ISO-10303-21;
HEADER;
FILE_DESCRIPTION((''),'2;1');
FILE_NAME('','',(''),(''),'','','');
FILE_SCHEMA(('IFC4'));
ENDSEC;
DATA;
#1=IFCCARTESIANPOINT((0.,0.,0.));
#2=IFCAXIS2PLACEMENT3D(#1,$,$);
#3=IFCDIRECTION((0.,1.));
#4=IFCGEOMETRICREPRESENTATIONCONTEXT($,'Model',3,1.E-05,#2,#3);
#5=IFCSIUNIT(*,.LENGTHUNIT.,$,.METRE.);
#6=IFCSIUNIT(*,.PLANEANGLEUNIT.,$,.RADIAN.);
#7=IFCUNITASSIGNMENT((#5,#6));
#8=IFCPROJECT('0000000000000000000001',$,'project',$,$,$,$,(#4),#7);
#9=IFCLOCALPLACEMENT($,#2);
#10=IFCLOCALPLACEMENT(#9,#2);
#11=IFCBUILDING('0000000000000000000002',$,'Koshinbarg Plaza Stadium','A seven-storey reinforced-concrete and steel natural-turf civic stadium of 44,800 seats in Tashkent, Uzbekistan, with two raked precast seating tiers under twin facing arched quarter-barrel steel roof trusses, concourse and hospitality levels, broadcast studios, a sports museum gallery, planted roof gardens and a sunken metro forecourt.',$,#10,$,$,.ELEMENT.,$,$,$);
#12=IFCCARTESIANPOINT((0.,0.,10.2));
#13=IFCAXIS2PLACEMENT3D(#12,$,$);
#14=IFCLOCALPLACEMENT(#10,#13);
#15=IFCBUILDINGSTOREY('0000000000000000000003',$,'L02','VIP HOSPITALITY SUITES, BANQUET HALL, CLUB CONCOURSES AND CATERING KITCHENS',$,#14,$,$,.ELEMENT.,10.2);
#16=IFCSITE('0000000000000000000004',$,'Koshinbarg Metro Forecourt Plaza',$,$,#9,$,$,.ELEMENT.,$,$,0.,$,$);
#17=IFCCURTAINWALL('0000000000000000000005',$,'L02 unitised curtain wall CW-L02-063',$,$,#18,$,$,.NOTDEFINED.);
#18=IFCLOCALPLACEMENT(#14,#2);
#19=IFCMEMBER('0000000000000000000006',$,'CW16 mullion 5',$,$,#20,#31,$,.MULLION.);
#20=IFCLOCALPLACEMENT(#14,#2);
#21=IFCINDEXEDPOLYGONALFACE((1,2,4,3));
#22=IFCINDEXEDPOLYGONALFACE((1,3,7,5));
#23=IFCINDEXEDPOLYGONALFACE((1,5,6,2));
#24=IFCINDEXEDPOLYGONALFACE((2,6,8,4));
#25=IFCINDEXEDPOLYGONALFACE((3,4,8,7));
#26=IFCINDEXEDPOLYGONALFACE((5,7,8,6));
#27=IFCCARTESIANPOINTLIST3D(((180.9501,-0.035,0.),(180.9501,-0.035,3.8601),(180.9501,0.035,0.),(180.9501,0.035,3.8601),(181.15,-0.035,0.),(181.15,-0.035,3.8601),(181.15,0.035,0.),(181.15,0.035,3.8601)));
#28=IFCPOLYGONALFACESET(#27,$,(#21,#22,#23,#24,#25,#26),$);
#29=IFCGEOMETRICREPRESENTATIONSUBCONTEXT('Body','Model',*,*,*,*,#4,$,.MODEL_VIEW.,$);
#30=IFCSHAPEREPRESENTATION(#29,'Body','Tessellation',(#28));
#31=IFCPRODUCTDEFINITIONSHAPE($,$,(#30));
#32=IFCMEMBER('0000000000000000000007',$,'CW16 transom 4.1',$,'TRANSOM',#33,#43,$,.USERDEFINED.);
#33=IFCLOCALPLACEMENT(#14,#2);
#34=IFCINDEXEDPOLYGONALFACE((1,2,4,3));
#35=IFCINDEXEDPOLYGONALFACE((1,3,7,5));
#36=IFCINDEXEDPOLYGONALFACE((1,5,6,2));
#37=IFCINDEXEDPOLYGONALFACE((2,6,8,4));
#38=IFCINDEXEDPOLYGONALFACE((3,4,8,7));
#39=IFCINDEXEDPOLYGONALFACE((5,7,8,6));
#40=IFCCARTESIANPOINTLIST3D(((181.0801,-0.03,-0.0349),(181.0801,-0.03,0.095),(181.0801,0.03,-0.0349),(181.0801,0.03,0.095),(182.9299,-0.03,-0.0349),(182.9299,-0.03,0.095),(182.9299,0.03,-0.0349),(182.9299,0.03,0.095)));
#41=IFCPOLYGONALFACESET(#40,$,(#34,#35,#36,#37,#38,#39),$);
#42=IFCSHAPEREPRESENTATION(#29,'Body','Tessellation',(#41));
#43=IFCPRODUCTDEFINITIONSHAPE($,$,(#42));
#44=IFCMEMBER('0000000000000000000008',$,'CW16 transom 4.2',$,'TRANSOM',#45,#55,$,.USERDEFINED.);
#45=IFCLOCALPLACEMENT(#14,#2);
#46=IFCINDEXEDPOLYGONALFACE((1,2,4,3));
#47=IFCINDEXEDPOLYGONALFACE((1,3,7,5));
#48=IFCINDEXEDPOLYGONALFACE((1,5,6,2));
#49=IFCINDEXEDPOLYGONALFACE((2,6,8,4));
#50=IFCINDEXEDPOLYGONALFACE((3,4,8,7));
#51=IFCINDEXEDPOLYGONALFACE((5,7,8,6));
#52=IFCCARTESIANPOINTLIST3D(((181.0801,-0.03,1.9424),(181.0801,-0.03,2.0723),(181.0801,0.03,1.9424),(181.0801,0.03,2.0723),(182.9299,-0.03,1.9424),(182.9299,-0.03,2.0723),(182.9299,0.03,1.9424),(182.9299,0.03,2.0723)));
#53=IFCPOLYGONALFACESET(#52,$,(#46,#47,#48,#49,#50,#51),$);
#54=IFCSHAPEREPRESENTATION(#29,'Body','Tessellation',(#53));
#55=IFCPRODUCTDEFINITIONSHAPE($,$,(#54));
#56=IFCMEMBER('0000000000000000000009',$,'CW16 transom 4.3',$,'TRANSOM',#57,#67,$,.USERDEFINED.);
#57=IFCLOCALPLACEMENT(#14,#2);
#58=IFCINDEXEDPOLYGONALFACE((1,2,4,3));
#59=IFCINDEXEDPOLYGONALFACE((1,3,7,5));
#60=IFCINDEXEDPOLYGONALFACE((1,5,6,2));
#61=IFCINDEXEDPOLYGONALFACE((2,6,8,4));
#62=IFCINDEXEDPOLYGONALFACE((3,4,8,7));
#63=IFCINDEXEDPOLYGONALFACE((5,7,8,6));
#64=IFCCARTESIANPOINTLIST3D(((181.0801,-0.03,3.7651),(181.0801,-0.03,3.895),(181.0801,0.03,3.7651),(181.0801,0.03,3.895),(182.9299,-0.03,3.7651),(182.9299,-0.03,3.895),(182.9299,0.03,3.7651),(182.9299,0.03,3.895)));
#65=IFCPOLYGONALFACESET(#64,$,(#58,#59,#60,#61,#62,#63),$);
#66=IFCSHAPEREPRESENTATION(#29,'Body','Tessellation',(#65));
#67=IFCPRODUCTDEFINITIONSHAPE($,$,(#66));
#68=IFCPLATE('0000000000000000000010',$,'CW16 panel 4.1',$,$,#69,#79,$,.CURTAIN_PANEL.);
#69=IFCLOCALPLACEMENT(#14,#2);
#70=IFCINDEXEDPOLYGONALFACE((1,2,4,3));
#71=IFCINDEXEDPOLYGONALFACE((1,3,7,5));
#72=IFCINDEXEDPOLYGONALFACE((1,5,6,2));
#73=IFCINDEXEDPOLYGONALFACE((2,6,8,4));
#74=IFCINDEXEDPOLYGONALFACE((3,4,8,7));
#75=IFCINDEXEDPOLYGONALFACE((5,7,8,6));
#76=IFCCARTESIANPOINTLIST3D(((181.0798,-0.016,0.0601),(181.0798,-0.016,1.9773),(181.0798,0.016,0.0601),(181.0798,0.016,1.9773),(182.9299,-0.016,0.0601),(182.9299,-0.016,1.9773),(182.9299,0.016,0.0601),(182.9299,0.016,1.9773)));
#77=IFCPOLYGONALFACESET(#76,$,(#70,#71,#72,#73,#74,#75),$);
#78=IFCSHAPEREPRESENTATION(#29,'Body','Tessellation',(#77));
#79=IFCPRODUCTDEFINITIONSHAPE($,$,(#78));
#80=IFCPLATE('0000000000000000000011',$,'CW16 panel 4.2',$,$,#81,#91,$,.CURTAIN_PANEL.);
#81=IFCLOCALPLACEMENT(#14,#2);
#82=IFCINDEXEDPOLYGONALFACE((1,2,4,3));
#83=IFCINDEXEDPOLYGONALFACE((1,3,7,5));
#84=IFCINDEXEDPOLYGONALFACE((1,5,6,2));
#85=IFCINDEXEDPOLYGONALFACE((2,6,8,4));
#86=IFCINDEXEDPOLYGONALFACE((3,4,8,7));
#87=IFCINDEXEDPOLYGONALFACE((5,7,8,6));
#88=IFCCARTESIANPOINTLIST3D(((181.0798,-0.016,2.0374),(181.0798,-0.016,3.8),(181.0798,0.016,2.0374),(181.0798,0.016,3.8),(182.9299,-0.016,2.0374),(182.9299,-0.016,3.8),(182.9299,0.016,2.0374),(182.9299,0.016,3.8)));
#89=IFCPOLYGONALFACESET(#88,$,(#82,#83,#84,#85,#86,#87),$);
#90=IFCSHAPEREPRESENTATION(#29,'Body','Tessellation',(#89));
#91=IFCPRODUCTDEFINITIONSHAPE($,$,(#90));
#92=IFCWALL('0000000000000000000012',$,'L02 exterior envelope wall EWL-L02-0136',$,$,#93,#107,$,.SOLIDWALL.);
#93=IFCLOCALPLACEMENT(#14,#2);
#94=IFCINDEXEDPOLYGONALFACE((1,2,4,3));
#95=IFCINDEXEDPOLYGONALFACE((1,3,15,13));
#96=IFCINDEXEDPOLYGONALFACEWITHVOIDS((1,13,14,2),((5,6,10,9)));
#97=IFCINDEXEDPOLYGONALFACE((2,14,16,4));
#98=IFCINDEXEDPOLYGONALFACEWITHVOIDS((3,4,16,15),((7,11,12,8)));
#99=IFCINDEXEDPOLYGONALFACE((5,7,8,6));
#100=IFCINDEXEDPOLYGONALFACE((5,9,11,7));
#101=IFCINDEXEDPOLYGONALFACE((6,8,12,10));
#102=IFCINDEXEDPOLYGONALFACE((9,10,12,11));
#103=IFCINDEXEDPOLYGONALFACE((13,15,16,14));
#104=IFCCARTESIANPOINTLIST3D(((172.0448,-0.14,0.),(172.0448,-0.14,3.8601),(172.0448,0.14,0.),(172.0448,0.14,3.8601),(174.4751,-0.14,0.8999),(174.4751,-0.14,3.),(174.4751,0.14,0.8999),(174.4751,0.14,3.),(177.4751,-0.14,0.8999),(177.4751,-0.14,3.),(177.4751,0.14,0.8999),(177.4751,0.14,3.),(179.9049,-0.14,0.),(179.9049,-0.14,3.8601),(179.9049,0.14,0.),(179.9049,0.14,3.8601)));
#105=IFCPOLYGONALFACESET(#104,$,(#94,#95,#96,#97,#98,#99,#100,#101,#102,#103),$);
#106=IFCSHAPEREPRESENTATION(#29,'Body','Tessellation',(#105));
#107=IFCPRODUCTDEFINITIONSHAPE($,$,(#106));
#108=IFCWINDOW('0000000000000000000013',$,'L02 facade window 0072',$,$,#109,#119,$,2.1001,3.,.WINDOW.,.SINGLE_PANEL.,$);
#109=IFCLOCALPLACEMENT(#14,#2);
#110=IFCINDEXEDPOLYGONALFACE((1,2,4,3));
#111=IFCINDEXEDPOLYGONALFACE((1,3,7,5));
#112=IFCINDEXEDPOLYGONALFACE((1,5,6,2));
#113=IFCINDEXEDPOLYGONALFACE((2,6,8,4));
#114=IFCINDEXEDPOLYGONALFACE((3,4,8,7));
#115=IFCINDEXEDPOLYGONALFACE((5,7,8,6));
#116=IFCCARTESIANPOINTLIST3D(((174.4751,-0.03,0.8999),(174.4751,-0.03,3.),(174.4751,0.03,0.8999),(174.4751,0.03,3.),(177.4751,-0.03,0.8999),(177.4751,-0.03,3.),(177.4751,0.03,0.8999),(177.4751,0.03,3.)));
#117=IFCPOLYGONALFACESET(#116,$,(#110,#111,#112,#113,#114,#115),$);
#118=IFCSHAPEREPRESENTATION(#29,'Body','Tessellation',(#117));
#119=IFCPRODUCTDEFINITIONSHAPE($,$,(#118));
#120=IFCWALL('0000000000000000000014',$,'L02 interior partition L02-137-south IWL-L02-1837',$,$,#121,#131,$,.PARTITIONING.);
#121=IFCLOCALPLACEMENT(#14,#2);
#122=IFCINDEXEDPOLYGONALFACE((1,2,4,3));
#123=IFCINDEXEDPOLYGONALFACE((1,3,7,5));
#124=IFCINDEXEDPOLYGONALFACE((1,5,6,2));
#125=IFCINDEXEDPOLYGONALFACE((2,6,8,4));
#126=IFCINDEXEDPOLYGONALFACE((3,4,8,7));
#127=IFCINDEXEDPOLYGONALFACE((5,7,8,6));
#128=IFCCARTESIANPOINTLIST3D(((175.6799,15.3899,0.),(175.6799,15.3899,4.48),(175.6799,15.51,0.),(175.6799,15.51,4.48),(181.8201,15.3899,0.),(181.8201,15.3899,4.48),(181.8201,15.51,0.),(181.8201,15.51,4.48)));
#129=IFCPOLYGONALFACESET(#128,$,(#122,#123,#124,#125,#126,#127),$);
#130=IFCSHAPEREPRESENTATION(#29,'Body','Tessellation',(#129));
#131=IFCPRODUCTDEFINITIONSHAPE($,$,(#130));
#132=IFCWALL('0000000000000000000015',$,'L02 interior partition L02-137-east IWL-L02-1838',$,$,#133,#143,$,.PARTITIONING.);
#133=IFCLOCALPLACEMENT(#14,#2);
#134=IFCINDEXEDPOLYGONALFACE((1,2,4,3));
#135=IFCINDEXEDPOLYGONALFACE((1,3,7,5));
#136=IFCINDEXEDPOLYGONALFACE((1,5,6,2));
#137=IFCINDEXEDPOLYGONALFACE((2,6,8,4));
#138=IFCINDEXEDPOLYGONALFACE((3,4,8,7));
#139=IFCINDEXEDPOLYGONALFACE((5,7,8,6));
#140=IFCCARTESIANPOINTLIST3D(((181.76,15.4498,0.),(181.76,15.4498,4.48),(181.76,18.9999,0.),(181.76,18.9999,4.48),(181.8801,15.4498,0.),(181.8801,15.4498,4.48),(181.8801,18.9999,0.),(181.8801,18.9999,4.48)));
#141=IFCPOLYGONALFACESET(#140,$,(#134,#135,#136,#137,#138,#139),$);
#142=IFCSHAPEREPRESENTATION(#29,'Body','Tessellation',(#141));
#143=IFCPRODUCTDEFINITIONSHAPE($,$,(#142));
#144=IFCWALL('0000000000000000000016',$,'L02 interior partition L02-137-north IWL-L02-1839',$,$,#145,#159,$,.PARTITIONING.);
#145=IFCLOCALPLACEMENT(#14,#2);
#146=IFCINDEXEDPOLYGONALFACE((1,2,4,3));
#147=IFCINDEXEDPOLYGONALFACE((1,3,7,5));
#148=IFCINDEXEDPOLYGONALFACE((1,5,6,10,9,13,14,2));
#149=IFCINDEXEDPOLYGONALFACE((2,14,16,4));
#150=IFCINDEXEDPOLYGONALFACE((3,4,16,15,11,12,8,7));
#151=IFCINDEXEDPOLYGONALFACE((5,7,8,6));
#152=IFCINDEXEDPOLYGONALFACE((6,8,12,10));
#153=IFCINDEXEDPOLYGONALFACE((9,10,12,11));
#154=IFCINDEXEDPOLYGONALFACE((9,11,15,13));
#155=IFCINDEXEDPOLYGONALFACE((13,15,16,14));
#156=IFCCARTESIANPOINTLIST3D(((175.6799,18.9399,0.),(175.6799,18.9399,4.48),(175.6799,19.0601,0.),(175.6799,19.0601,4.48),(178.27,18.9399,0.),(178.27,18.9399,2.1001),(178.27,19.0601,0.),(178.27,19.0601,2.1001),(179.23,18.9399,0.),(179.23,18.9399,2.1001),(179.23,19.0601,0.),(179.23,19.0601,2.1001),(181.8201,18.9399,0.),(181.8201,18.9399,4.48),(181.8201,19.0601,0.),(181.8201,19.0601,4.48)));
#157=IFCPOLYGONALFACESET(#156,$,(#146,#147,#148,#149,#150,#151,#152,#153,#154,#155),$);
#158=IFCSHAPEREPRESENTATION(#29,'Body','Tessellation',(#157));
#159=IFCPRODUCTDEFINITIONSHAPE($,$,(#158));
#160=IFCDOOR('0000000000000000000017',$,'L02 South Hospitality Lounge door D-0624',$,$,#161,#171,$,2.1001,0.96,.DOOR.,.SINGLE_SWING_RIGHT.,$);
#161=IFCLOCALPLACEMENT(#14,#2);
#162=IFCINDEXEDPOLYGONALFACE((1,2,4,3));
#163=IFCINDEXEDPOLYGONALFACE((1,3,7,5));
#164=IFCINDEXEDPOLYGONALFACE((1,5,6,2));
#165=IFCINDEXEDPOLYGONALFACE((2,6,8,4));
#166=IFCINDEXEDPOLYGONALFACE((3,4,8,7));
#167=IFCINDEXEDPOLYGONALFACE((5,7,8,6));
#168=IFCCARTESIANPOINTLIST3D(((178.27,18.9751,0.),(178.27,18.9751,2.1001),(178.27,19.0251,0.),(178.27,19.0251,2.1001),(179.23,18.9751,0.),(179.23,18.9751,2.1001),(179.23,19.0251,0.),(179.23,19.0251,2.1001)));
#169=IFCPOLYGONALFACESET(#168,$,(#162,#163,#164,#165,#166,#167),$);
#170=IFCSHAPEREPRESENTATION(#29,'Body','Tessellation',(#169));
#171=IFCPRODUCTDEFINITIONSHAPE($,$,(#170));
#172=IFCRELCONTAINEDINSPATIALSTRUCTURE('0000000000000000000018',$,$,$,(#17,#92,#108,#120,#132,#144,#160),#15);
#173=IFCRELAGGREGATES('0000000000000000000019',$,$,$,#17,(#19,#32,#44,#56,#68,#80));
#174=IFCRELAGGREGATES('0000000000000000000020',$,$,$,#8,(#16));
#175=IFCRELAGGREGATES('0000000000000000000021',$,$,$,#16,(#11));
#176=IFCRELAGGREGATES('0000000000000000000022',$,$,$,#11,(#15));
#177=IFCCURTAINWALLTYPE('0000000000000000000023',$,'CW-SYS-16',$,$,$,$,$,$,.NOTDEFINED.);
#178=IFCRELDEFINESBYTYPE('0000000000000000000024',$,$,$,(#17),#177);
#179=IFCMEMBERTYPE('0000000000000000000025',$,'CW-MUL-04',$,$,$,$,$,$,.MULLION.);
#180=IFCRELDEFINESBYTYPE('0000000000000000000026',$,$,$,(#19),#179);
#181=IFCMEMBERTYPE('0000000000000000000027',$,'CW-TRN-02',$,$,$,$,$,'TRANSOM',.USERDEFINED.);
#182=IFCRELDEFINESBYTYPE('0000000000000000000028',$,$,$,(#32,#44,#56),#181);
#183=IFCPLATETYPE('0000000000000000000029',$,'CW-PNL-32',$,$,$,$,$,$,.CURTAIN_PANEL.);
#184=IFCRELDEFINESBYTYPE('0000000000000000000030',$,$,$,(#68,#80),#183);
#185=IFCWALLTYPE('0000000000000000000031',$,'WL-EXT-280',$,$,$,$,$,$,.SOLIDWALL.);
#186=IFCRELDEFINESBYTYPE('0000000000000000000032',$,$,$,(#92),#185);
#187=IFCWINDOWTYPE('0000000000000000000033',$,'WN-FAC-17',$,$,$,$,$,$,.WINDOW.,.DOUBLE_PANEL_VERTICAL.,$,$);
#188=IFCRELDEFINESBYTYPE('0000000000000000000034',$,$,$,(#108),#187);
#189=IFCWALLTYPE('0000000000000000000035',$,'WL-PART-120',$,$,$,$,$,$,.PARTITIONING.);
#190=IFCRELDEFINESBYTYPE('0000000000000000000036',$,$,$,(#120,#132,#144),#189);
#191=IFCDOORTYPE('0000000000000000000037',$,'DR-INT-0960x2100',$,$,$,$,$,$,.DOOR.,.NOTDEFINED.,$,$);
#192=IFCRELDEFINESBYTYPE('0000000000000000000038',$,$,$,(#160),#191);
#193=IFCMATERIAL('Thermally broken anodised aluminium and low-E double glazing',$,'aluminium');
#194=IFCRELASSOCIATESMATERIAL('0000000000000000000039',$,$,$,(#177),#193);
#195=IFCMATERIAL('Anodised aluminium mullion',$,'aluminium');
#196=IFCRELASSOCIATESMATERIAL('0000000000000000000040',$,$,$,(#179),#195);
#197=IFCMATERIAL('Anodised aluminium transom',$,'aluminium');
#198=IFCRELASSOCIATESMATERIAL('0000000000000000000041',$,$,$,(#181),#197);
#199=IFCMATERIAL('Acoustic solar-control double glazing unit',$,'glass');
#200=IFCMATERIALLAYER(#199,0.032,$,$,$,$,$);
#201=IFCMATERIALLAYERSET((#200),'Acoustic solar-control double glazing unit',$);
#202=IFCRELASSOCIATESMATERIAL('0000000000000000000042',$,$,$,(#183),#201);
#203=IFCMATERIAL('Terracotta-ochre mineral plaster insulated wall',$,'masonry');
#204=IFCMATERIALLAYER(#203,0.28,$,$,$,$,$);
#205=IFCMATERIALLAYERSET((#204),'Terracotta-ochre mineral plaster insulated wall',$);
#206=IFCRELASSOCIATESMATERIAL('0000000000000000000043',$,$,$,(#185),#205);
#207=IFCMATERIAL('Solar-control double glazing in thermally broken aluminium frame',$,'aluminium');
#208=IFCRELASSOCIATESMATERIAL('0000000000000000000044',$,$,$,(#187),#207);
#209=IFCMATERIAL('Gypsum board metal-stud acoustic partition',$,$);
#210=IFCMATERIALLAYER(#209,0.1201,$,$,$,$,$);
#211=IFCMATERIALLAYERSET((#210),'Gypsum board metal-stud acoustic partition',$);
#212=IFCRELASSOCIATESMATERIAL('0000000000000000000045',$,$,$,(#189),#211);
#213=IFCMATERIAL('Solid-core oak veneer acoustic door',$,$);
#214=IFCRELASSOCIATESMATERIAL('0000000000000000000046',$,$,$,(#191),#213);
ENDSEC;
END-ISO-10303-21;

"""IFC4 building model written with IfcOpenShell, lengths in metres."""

from ifc_helpers import new_model, si_unit, direction, frame, frame_2d, origin, origin_2d, place, context, subcontext, project, spatial, rectangle, extrude, material, layer, layer_set, material_profile, profile_set, type_object, element, fill, aggregate, save


model = new_model("IFC4")

# Units and contexts
model_context = context("Model", 3, precision=1e-05, world=origin(), true_north=direction((0.0, 1.0)))
body_context = subcontext(model_context, "Body", "Model", "MODEL_VIEW")
ifc_project = project(units=[si_unit("LENGTHUNIT", "METRE"), si_unit("PLANEANGLEUNIT", "RADIAN")], contexts=[model_context])

# Site, building, storey
site_placement = place(None, origin())
site = spatial("IfcSite", under=ifc_project, at=site_placement, Name="Koshinbarg Metro Forecourt Plaza", CompositionType="ELEMENT", RefElevation=0.0)
building_placement = place(site_placement, origin())
building = spatial("IfcBuilding", under=site, at=building_placement, Name="Koshinbarg Plaza Stadium", Description="A seven-storey reinforced-concrete and steel natural-turf civic stadium of 44,800 seats in Tashkent, Uzbekistan, with two raked precast seating tiers under twin facing arched quarter-barrel steel roof trusses, concourse and hospitality levels, broadcast studios, a sports museum gallery, planted roof gardens and a sunken metro forecourt.", CompositionType="ELEMENT")
storey_placement = place(building_placement, frame((0.0, 0.0, 10.2)))
storey = spatial("IfcBuildingStorey", under=building, at=storey_placement, Name="L02", Description="VIP HOSPITALITY SUITES, BANQUET HALL, CLUB CONCOURSES AND CATERING KITCHENS", CompositionType="ELEMENT", Elevation=10.2)

# Curtain wall, members, plates
ifc_material_1 = material(Name="Thermally broken anodised aluminium and low-E double glazing", Category="aluminium")
curtain_wall_type = type_object("IfcCurtainWallType", Name="CW-SYS-16", PredefinedType="NOTDEFINED", material=ifc_material_1)
curtain_wall_placement = place(storey_placement, origin())
curtain_wall = element("IfcCurtainWall", 1, at=curtain_wall_placement, inside=storey, type_object=curtain_wall_type, Name="L02 unitised curtain wall CW-L02-063", PredefinedType="NOTDEFINED")
ifc_material_2 = material(Name="Anodised aluminium mullion", Category="aluminium")
ifc_material_profile_1 = material_profile(ifc_material_2, rectangle(XDim=0.0701, YDim=0.2, at=origin_2d()), Name="ALU 70x200")
ifc_profile_set_1 = profile_set([ifc_material_profile_1], Name="Anodised aluminium mullion")
member_type_1 = type_object("IfcMemberType", Name="CW-MUL-04", PredefinedType="MULLION", material=ifc_profile_set_1)
member_1_placement = place(storey_placement, frame((181.05, 0.0, 0.0), z_axis=(0.0, 0.0, 1.0), x_axis=(0.0, -1.0, 0.0)))
member_1 = element("IfcMember", 2, at=member_1_placement, type_object=member_type_1, Name="CW16 mullion 5", PredefinedType="MULLION", context=body_context, shape_type="SweptSolid", body=[
    extrude(rectangle(XDim=0.0701, YDim=0.2, at=origin_2d()), origin(), (0.0, 0.0, 1.0), 3.8601),
])
ifc_material_3 = material(Name="Anodised aluminium transom", Category="aluminium")
ifc_material_profile_2 = material_profile(ifc_material_3, rectangle(XDim=0.0601, YDim=0.1299, at=origin_2d()), Name="ALU 60x130")
ifc_profile_set_2 = profile_set([ifc_material_profile_2], Name="Anodised aluminium transom")
member_type_2 = type_object("IfcMemberType", Name="CW-TRN-02", ElementType="TRANSOM", PredefinedType="USERDEFINED", material=ifc_profile_set_2)
member_2_placement = place(storey_placement, frame((182.9299, 0.0, 0.03), z_axis=(-1.0, 0.0, 0.0), x_axis=(0.0, -1.0, 0.0)))
member_2 = element("IfcMember", 3, at=member_2_placement, type_object=member_type_2, Name="CW16 transom 4.1", ObjectType="TRANSOM", PredefinedType="USERDEFINED", context=body_context, shape_type="SweptSolid", body=[
    extrude(rectangle(XDim=0.0601, YDim=0.1299, at=origin_2d()), origin(), (0.0, 0.0, 1.0), 1.8499),
])
member_3_placement = place(storey_placement, frame((182.9299, 0.0, 2.0073), z_axis=(-1.0, 0.0, 0.0), x_axis=(0.0, -1.0, 0.0)))
member_3 = element("IfcMember", 4, at=member_3_placement, type_object=member_type_2, Name="CW16 transom 4.2", ObjectType="TRANSOM", PredefinedType="USERDEFINED", context=body_context, shape_type="SweptSolid", body=[
    extrude(rectangle(XDim=0.0601, YDim=0.1299, at=origin_2d()), origin(), (0.0, 0.0, 1.0), 1.8499),
])
member_4_placement = place(storey_placement, frame((182.9299, 0.0, 3.8301), z_axis=(-1.0, 0.0, 0.0), x_axis=(0.0, -1.0, 0.0)))
member_4 = element("IfcMember", 5, at=member_4_placement, type_object=member_type_2, Name="CW16 transom 4.3", ObjectType="TRANSOM", PredefinedType="USERDEFINED", context=body_context, shape_type="SweptSolid", body=[
    extrude(rectangle(XDim=0.0601, YDim=0.1299, at=origin_2d()), origin(), (0.0, 0.0, 1.0), 1.8499),
])
ifc_material_4 = material(Name="Acoustic solar-control double glazing unit", Category="glass")
ifc_layer_1 = layer(ifc_material_4, 0.032)
ifc_layer_set_1 = layer_set([ifc_layer_1], Name="Acoustic solar-control double glazing unit")
plate_type = type_object("IfcPlateType", Name="CW-PNL-32", PredefinedType="CURTAIN_PANEL", material=ifc_layer_set_1)
plate_1_placement = place(storey_placement, frame((182.0049, 0.0, 0.0601), z_axis=(0.0, 0.0, 1.0), x_axis=(-1.0, 0.0, 0.0)))
plate_1 = element("IfcPlate", 6, at=plate_1_placement, type_object=plate_type, Name="CW16 panel 4.1", PredefinedType="CURTAIN_PANEL", context=body_context, shape_type="SweptSolid", body=[
    extrude(rectangle(XDim=1.8501, YDim=0.032, at=origin_2d()), origin(), (0.0, 0.0, 1.0), 1.9172),
])
plate_2_placement = place(storey_placement, frame((182.0049, 0.0, 2.0374), z_axis=(0.0, 0.0, 1.0), x_axis=(-1.0, 0.0, 0.0)))
plate_2 = element("IfcPlate", 7, at=plate_2_placement, type_object=plate_type, Name="CW16 panel 4.2", PredefinedType="CURTAIN_PANEL", context=body_context, shape_type="SweptSolid", body=[
    extrude(rectangle(XDim=1.8501, YDim=0.032, at=origin_2d()), origin(), (0.0, 0.0, 1.0), 1.7627),
])
aggregate(curtain_wall, [member_1, member_2, member_3, member_4, plate_1, plate_2])

# Wall, opening, window
ifc_material_5 = material(Name="Terracotta-ochre mineral plaster insulated wall", Category="masonry")
ifc_layer_2 = layer(ifc_material_5, 0.28)
ifc_layer_set_2 = layer_set([ifc_layer_2], Name="Terracotta-ochre mineral plaster insulated wall")
wall_type_1 = type_object("IfcWallType", Name="WL-EXT-280", PredefinedType="SOLIDWALL", material=ifc_layer_set_2)
wall_1_placement = place(storey_placement, frame((179.905, 0.0, 0.0), z_axis=(0.0, 0.0, 1.0), x_axis=(-1.0, 0.0, 0.0)))
wall_1 = element("IfcWall", 8, at=wall_1_placement, inside=storey, type_object=wall_type_1, Name="L02 exterior envelope wall EWL-L02-0136", PredefinedType="SOLIDWALL", context=body_context, shape_type="SweptSolid", body=[
    extrude(rectangle(XDim=7.8601, YDim=0.28, at=frame_2d((3.9302, 0.0))), origin(), (0.0, 0.0, 1.0), 3.8601),
])
opening_1_placement = place(wall_1_placement, frame((2.4299, 0.0, 0.8999)))
opening_1 = element("IfcOpeningElement", 9, at=opening_1_placement, cuts=wall_1, PredefinedType="OPENING", context=body_context, shape_type="SweptSolid", body=[
    extrude(rectangle(XDim=3.0, YDim=2.1001, at=frame_2d((1.5, 1.05))), frame((0.0, 0.1499, 0.0), z_axis=(0.0, -1.0, 0.0), x_axis=(1.0, 0.0, 0.0)), (0.0, 0.0, 1.0), 0.3),
])
ifc_material_6 = material(Name="Solar-control double glazing in thermally broken aluminium frame", Category="aluminium")
window_type = type_object("IfcWindowType", Name="WN-FAC-17", PartitioningType="DOUBLE_PANEL_VERTICAL", PredefinedType="WINDOW", material=ifc_material_6)
window_placement = place(opening_1_placement, origin())
window = element("IfcWindow", 10, at=window_placement, inside=storey, type_object=window_type, Name="L02 facade window 0072", OverallHeight=2.1001, OverallWidth=3.0, PartitioningType="SINGLE_PANEL", PredefinedType="WINDOW", context=body_context, shape_type="SweptSolid", body=[
    extrude(rectangle(XDim=3.0, YDim=2.1001, at=frame_2d((1.5, 1.05))), frame((0.0, 0.03, 0.0), z_axis=(0.0, -1.0, 0.0), x_axis=(1.0, 0.0, 0.0)), (0.0, 0.0, 1.0), 0.0601),
])
fill(opening_1, window)

# Walls
ifc_material_7 = material(Name="Gypsum board metal-stud acoustic partition")
ifc_layer_3 = layer(ifc_material_7, 0.1201)
ifc_layer_set_3 = layer_set([ifc_layer_3], Name="Gypsum board metal-stud acoustic partition")
wall_type_2 = type_object("IfcWallType", Name="WL-PART-120", PredefinedType="PARTITIONING", material=ifc_layer_set_3)
wall_2_placement = place(storey_placement, frame((175.6799, 15.45, 0.0), z_axis=(0.0, 0.0, 1.0), x_axis=(1.0, 0.0, 0.0)))
element("IfcWall", 11, at=wall_2_placement, inside=storey, type_object=wall_type_2, Name="L02 interior partition L02-137-south IWL-L02-1837", PredefinedType="PARTITIONING", context=body_context, shape_type="SweptSolid", body=[
    extrude(rectangle(XDim=6.1401, YDim=0.1201, at=frame_2d((3.0701, 0.0))), origin(), (0.0, 0.0, 1.0), 4.48),
])
wall_3_placement = place(storey_placement, frame((181.8201, 15.45, 0.0), z_axis=(0.0, 0.0, 1.0), x_axis=(0.0, 1.0, 0.0)))
element("IfcWall", 12, at=wall_3_placement, inside=storey, type_object=wall_type_2, Name="L02 interior partition L02-137-east IWL-L02-1838", PredefinedType="PARTITIONING", context=body_context, shape_type="SweptSolid", body=[
    extrude(rectangle(XDim=3.55, YDim=0.1201, at=frame_2d((1.7749, 0.0))), origin(), (0.0, 0.0, 1.0), 4.48),
])

# Wall, opening, door
wall_4_placement = place(storey_placement, frame((181.8201, 19.0, 0.0), z_axis=(0.0, 0.0, 1.0), x_axis=(-1.0, 0.0, 0.0)))
wall_4 = element("IfcWall", 13, at=wall_4_placement, inside=storey, type_object=wall_type_2, Name="L02 interior partition L02-137-north IWL-L02-1839", PredefinedType="PARTITIONING", context=body_context, shape_type="SweptSolid", body=[
    extrude(rectangle(XDim=6.1401, YDim=0.1201, at=frame_2d((3.0701, 0.0))), origin(), (0.0, 0.0, 1.0), 4.48),
])
opening_2_placement = place(wall_4_placement, frame((2.5901, 0.0, 0.0)))
opening_2 = element("IfcOpeningElement", 14, at=opening_2_placement, cuts=wall_4, PredefinedType="OPENING", context=body_context, shape_type="SweptSolid", body=[
    extrude(rectangle(XDim=0.96, YDim=2.1001, at=frame_2d((0.48, 1.05))), frame((0.0, 0.0701, 0.0), z_axis=(0.0, -1.0, 0.0), x_axis=(1.0, 0.0, 0.0)), (0.0, 0.0, 1.0), 0.1401),
])
ifc_material_8 = material(Name="Solid-core oak veneer acoustic door")
door_type = type_object("IfcDoorType", Name="DR-INT-0960x2100", OperationType="NOTDEFINED", PredefinedType="DOOR", material=ifc_material_8)
door_placement = place(opening_2_placement, origin())
door = element("IfcDoor", 15, at=door_placement, inside=storey, type_object=door_type, Name="L02 South Hospitality Lounge door D-0624", OperationType="SINGLE_SWING_RIGHT", OverallHeight=2.1001, OverallWidth=0.96, PredefinedType="DOOR", context=body_context, shape_type="SweptSolid", body=[
    extrude(rectangle(XDim=0.96, YDim=2.1001, at=frame_2d((0.48, 1.05))), frame((0.0, 0.0249, 0.0), z_axis=(0.0, -1.0, 0.0), x_axis=(1.0, 0.0, 0.0)), (0.0, 0.0, 1.0), 0.05),
])
fill(opening_2, door)

save(model, "model.ifc")
